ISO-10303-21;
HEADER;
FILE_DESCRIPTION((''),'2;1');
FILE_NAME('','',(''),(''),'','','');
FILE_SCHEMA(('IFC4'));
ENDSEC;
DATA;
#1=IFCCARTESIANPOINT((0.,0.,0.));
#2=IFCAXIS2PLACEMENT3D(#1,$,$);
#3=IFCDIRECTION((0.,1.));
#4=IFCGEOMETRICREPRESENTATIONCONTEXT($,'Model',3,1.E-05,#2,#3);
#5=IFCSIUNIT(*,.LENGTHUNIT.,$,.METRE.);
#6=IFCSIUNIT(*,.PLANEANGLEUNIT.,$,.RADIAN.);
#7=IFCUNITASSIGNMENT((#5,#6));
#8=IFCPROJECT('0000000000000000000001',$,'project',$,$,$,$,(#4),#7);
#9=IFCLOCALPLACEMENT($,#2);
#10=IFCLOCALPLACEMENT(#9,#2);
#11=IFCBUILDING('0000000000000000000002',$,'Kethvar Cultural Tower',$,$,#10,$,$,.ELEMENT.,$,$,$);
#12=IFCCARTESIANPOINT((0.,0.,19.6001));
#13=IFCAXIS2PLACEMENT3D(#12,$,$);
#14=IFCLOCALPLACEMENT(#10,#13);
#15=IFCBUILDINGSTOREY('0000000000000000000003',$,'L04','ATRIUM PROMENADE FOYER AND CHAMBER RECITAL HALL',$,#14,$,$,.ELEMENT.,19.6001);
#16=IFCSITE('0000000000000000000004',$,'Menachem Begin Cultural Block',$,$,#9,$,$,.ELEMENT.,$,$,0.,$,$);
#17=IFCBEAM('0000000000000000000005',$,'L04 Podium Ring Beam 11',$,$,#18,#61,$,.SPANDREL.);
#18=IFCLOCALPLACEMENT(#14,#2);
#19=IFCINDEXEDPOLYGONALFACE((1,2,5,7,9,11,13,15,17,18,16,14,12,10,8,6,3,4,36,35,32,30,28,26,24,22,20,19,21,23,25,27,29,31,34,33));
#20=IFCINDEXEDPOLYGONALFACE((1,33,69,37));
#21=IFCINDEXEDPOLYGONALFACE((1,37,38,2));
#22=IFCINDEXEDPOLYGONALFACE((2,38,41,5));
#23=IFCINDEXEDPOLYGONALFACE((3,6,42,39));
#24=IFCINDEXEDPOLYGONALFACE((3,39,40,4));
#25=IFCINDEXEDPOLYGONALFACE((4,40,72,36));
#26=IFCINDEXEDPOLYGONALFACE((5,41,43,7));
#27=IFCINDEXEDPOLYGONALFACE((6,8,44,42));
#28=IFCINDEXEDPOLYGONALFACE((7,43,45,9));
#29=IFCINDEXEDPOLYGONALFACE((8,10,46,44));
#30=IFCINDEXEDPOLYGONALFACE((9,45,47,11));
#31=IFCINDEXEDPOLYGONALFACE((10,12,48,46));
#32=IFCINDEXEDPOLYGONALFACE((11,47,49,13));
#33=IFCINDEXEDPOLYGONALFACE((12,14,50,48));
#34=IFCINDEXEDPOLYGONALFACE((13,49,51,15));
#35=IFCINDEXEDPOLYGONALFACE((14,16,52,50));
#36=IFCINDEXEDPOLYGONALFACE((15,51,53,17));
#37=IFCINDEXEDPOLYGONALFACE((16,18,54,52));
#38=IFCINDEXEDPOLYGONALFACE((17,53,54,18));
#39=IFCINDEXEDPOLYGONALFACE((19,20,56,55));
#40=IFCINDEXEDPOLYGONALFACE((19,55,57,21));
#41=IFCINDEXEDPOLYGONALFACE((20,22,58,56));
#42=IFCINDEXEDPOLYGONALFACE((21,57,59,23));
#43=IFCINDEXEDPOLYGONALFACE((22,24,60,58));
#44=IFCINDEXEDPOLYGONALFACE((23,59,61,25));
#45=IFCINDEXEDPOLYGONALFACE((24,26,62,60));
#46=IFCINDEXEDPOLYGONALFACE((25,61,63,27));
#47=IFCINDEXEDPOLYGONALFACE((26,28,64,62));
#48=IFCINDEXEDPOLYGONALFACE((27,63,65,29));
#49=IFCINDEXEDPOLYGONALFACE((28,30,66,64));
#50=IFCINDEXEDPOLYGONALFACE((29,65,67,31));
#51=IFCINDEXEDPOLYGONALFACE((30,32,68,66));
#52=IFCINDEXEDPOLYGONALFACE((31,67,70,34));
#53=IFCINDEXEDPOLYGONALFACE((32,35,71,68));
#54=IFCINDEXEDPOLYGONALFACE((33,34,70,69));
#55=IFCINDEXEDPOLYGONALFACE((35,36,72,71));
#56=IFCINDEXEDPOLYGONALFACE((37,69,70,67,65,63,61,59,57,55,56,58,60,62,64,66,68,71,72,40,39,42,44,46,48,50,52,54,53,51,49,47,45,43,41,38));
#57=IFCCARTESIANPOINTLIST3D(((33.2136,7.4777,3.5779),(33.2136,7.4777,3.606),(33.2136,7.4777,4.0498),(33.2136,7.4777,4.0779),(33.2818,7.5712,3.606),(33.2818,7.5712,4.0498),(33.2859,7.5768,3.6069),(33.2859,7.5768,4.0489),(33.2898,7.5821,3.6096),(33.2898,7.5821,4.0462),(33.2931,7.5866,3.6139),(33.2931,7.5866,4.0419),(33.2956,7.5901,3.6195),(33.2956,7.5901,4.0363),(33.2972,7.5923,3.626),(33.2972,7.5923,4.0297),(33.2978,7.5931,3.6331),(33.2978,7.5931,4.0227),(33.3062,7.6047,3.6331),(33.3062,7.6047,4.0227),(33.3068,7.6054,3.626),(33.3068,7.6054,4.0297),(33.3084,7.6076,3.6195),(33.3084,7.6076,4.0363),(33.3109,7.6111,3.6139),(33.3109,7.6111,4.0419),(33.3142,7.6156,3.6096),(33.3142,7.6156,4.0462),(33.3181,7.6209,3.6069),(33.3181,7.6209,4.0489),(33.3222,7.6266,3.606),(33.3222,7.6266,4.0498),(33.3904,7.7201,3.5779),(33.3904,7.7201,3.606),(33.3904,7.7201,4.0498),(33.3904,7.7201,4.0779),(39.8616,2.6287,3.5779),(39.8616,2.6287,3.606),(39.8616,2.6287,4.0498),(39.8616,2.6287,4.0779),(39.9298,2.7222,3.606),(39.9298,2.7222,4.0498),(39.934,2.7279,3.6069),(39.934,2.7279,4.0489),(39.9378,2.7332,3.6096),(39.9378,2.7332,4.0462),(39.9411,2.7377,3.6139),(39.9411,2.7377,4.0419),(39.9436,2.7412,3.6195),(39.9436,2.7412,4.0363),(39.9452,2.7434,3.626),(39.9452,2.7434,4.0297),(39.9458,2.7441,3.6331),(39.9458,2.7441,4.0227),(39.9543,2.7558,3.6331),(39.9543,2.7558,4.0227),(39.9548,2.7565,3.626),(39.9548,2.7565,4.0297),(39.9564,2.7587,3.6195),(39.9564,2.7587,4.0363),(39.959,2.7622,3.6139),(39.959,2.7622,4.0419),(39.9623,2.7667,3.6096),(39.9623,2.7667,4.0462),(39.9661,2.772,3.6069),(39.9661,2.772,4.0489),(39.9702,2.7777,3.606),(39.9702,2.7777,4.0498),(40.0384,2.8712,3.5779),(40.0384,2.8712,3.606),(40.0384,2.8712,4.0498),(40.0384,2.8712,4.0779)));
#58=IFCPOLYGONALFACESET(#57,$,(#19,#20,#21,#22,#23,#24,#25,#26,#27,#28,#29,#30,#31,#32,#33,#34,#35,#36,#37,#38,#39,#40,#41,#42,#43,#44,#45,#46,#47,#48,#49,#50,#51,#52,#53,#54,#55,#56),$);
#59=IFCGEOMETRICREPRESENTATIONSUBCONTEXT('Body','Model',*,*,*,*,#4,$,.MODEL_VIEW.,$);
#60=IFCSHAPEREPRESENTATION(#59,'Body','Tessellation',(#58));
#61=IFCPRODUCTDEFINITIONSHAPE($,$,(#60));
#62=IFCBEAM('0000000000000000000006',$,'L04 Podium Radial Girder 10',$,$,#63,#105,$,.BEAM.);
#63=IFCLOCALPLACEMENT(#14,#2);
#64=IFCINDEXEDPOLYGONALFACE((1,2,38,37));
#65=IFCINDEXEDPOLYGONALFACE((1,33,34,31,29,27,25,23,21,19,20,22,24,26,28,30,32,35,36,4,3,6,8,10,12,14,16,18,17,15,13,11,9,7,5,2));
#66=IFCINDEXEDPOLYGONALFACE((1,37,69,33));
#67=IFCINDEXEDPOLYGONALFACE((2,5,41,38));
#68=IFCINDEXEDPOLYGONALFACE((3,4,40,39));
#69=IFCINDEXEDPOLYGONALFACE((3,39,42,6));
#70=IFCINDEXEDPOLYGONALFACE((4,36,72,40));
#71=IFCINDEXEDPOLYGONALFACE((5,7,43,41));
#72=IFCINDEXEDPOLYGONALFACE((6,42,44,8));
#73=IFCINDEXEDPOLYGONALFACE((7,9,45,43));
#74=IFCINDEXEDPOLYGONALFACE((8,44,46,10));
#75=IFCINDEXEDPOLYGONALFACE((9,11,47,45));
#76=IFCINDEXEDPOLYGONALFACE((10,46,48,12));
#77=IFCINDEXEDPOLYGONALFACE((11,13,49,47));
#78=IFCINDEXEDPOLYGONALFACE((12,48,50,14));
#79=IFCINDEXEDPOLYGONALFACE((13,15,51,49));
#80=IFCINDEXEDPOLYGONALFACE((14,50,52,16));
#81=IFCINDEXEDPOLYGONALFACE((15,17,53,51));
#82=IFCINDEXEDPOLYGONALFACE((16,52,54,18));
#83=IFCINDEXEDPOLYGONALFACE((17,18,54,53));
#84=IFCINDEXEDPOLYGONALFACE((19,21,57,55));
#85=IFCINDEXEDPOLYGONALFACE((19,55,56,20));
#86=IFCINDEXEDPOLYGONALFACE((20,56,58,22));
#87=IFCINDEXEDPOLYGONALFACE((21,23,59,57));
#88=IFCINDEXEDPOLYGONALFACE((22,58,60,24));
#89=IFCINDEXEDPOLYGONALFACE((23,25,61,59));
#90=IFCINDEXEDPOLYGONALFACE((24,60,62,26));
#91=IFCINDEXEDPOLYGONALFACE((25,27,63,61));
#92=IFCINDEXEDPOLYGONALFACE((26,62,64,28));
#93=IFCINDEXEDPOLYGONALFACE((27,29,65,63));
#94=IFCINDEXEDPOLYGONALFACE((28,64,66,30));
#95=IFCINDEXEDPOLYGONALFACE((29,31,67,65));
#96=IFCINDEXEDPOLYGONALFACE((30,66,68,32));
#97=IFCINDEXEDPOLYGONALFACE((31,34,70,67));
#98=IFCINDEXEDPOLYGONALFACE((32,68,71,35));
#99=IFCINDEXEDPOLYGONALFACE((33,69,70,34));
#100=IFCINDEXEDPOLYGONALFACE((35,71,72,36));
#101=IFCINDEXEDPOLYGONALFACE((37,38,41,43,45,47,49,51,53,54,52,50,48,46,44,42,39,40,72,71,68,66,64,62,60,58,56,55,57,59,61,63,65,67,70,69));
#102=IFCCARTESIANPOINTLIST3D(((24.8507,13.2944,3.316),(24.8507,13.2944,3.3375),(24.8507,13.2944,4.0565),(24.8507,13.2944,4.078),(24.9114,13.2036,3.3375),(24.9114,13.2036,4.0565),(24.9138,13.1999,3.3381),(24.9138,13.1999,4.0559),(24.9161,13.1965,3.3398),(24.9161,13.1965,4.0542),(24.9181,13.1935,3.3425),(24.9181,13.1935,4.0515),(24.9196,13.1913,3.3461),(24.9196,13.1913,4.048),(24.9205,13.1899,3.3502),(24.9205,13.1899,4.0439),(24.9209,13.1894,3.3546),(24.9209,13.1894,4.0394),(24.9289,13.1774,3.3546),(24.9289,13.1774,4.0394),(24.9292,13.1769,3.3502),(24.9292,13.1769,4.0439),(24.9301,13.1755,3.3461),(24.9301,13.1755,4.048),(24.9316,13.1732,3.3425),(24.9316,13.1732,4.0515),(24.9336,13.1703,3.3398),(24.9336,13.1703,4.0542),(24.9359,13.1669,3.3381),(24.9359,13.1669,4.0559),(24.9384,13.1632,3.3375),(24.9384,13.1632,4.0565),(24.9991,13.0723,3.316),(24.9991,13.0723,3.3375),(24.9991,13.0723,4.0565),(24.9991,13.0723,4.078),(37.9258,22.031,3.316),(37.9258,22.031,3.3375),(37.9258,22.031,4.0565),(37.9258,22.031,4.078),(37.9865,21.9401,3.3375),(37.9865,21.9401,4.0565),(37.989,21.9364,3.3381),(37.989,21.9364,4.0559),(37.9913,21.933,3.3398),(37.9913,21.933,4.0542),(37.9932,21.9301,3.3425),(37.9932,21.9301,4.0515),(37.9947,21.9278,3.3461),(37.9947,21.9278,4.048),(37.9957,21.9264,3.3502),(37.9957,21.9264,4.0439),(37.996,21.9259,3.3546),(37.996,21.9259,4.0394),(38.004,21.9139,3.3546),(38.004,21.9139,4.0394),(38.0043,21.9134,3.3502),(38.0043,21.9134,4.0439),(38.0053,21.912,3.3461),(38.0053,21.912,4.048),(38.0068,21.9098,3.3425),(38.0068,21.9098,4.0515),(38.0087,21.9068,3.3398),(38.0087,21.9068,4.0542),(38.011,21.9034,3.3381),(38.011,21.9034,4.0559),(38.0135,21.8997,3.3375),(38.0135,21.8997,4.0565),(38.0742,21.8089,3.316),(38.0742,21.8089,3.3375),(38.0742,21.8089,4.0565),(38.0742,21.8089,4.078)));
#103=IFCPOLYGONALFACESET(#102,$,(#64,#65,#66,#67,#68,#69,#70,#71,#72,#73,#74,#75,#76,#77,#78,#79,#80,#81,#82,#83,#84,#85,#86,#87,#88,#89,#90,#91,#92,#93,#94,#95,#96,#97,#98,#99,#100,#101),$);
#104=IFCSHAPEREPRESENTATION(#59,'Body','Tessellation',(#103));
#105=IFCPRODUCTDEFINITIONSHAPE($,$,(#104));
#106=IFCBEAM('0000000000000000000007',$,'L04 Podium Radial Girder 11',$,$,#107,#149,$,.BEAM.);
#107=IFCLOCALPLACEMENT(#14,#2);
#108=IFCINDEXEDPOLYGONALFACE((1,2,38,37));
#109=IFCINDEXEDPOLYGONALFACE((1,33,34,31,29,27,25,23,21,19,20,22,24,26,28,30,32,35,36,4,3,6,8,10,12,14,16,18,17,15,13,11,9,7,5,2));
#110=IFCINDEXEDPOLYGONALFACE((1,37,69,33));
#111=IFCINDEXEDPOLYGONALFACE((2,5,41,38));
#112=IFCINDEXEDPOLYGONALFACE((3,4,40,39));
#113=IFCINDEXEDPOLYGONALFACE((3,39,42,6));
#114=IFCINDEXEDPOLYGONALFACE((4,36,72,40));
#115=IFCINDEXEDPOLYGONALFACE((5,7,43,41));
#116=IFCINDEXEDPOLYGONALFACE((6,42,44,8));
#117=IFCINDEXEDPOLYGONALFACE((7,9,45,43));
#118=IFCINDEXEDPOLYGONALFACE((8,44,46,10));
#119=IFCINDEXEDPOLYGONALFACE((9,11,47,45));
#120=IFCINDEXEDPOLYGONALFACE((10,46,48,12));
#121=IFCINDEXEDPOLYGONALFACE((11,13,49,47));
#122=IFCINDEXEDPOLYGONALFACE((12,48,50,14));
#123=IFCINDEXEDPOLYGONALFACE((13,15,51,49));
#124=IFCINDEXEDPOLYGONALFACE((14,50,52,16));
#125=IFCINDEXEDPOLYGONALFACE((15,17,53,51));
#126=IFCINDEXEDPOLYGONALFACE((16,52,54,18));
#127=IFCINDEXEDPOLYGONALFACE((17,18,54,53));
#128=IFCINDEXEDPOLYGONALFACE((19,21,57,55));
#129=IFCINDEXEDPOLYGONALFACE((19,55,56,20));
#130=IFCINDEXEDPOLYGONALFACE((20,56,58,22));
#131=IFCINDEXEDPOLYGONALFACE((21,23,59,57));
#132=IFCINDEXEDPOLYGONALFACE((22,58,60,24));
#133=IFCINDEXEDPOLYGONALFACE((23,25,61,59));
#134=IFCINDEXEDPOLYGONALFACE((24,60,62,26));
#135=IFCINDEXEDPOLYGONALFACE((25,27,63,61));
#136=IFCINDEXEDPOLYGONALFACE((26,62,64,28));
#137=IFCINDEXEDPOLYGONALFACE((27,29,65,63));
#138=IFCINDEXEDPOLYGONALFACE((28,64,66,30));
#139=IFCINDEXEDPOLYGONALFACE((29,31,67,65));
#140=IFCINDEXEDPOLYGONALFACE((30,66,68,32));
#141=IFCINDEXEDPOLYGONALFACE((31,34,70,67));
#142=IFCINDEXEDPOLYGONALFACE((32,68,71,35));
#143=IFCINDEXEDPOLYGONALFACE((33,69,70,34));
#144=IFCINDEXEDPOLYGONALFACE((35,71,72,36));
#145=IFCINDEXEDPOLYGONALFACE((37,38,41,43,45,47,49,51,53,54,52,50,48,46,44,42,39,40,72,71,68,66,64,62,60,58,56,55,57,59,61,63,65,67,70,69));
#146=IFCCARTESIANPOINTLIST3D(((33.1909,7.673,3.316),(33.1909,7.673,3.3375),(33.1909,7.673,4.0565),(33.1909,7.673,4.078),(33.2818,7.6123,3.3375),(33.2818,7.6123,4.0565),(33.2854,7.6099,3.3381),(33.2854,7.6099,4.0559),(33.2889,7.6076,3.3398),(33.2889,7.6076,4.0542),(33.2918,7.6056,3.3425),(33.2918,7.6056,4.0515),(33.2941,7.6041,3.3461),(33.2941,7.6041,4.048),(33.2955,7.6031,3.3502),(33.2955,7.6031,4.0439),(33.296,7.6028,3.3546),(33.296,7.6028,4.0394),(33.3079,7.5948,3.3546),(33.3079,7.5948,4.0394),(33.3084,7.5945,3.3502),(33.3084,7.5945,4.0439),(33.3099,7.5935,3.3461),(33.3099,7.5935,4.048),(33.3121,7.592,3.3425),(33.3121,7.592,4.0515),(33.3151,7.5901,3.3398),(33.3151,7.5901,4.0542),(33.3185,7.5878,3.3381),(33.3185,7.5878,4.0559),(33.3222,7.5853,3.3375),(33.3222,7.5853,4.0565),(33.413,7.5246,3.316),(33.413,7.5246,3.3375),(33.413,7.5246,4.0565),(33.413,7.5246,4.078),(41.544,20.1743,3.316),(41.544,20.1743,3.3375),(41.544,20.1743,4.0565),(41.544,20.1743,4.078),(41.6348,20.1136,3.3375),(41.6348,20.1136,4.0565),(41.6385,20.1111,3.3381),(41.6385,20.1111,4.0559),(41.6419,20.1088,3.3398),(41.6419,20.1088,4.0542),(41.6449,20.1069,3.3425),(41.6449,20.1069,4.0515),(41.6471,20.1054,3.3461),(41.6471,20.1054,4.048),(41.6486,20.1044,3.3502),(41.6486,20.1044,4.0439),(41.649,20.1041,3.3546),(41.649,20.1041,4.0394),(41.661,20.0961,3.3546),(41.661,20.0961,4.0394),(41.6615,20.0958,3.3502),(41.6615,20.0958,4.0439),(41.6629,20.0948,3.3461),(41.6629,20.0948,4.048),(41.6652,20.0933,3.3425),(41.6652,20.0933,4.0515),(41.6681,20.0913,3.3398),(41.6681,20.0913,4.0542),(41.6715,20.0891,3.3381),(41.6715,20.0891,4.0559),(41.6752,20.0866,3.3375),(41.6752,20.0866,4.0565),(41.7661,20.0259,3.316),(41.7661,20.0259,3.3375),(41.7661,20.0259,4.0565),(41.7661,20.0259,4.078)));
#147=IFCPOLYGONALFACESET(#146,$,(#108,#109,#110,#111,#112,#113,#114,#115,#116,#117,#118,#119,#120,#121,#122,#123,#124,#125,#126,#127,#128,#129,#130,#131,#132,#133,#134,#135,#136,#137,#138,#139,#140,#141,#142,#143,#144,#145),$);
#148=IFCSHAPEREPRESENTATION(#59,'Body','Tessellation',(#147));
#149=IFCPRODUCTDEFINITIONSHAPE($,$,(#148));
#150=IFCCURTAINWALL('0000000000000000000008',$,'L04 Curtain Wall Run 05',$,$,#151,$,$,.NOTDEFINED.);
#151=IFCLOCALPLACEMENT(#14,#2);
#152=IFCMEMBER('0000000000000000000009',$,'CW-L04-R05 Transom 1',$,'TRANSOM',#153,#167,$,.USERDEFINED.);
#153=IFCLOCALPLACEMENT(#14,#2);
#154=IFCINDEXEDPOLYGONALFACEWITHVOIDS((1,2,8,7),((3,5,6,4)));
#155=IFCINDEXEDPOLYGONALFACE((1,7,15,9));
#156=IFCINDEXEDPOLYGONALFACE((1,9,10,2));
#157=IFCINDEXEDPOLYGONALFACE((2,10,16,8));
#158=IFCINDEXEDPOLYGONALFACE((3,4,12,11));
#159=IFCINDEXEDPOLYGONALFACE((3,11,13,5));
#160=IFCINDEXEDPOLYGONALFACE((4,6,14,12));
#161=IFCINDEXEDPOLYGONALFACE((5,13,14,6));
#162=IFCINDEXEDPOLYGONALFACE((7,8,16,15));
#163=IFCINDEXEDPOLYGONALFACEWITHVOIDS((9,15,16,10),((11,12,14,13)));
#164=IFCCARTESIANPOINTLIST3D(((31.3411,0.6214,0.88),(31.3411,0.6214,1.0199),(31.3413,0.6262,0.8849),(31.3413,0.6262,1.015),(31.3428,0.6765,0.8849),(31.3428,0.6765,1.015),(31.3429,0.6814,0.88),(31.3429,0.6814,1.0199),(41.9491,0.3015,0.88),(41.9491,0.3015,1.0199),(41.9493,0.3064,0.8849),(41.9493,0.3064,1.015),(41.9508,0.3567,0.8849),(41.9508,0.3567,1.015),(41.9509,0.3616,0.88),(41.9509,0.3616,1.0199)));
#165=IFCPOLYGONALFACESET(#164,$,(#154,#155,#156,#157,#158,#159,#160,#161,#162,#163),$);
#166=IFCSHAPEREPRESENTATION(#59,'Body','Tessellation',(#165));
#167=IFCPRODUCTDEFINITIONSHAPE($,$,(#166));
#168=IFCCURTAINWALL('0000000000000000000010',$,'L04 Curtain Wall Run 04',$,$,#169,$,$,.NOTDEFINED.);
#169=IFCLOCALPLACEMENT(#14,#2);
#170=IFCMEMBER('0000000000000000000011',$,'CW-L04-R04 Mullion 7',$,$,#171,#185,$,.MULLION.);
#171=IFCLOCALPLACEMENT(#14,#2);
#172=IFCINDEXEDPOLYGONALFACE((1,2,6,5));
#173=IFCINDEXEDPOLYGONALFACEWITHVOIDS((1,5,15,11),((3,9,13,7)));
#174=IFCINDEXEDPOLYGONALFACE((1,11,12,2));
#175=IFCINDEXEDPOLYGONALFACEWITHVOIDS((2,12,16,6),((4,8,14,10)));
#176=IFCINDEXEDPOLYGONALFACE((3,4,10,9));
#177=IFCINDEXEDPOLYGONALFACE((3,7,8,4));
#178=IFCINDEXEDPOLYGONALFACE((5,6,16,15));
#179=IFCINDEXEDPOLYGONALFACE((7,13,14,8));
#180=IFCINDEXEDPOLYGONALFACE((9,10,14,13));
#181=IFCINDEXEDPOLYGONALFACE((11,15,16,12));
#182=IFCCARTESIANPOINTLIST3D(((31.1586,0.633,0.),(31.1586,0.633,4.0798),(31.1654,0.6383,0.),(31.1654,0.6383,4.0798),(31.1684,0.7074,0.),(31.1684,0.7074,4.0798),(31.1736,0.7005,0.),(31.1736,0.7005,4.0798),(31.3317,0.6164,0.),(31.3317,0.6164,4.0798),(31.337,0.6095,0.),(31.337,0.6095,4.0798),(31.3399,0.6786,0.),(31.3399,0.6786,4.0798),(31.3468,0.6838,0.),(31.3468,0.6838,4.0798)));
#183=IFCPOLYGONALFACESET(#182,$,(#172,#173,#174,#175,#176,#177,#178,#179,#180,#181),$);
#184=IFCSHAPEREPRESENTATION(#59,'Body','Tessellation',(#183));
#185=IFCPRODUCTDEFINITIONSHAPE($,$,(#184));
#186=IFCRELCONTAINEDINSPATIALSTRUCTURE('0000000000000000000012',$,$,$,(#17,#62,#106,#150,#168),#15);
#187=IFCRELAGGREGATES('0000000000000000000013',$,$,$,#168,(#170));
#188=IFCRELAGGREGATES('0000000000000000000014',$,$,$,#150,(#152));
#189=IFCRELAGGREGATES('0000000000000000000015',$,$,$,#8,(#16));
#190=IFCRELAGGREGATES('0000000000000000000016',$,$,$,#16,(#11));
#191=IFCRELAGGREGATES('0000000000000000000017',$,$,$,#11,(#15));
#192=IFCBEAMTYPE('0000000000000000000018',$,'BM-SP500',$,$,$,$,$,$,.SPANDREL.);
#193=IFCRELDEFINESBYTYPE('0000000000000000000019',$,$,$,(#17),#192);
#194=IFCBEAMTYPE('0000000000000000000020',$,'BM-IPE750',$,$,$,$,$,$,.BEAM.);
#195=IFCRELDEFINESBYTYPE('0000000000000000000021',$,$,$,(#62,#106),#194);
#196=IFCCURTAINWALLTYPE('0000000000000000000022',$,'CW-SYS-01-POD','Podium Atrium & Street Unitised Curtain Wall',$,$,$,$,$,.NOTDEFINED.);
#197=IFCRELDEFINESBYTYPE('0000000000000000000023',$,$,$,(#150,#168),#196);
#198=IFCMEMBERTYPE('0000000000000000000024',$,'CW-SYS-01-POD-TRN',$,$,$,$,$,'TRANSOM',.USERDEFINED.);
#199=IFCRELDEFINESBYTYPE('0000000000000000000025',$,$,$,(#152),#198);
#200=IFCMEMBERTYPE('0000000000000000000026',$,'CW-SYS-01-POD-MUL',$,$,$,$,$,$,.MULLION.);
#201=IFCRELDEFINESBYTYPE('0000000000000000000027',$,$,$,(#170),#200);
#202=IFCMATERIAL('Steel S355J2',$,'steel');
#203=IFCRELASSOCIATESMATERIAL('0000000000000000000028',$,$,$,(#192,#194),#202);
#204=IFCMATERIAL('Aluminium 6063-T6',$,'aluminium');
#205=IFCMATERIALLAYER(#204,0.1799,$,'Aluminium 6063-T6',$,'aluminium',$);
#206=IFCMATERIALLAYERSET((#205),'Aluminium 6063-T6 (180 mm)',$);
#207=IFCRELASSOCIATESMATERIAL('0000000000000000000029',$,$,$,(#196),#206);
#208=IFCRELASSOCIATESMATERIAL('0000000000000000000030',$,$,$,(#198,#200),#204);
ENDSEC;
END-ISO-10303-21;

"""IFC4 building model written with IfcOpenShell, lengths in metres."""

from ifc_helpers import new_model, si_unit, direction, frame, origin, origin_2d, place, context, subcontext, project, spatial, hollow_rectangle, i_section, extrude, source, transform, mapped, material, layer, layer_set, material_profile, profile_set, type_object, element, aggregate, save


model = new_model("IFC4")

# Units and contexts
model_context = context("Model", 3, precision=1e-05, world=origin(), true_north=direction((0.0, 1.0)))
body_context = subcontext(model_context, "Body", "Model", "MODEL_VIEW")
ifc_project = project(units=[si_unit("LENGTHUNIT", "METRE"), si_unit("PLANEANGLEUNIT", "RADIAN")], contexts=[model_context])

# Site, building, storey
site_placement = place(None, origin())
site = spatial("IfcSite", under=ifc_project, at=site_placement, Name="Menachem Begin Cultural Block", CompositionType="ELEMENT", RefElevation=0.0)
building_placement = place(site_placement, origin())
building = spatial("IfcBuilding", under=site, at=building_placement, Name="Kethvar Cultural Tower", CompositionType="ELEMENT")
storey_placement = place(building_placement, frame((0.0, 0.0, 19.6001)))
storey = spatial("IfcBuildingStorey", under=building, at=storey_placement, Name="L04", Description="ATRIUM PROMENADE FOYER AND CHAMBER RECITAL HALL", CompositionType="ELEMENT", Elevation=19.6001)

# Beams
ifc_material_1 = material(Name="Steel S355J2", Category="steel")
ifc_material_profile_1 = material_profile(ifc_material_1, i_section(OverallWidth=0.3, OverallDepth=0.5, WebThickness=0.0144, FlangeThickness=0.0281, FilletRadius=0.0271, at=origin_2d()), Name="Steel S355J2 — HEB500")
ifc_profile_set_1 = profile_set([ifc_material_profile_1], Name="Steel S355J2 — HEB500")
beam_type_1 = type_object("IfcBeamType", Name="BM-SP500", PredefinedType="SPANDREL", material=ifc_profile_set_1)
shared_shape_1 = source(origin(), body_context, "Body", "SweptSolid", [
    extrude(i_section(OverallWidth=0.3, OverallDepth=0.5, WebThickness=0.0144, FlangeThickness=0.0281, FilletRadius=0.0271, at=origin_2d()), origin(), (0.0, 0.0, 1.0), 8.2285),
])
beam_1_placement = place(storey_placement, frame((33.302, 7.5989, 3.8279), z_axis=(0.807926, -0.589284, 0.0), x_axis=(0.589284, 0.807926, 0.0)))
element("IfcBeam", 1, at=beam_1_placement, inside=storey, type_object=beam_type_1, Name="L04 Podium Ring Beam 11", PredefinedType="SPANDREL", context=body_context, shape_type="MappedRepresentation", body=[
    mapped(shared_shape_1, transform((0.0, 0.0, 0.0), scale=1.0)),
])
ifc_material_profile_2 = material_profile(ifc_material_1, i_section(OverallWidth=0.2671, OverallDepth=0.762, WebThickness=0.0144, FlangeThickness=0.0215, FilletRadius=0.0171, at=origin_2d()), Name="Steel S355J2 — IPE750x173")
ifc_profile_set_2 = profile_set([ifc_material_profile_2], Name="Steel S355J2 — IPE750x173")
beam_type_2 = type_object("IfcBeamType", Name="BM-IPE750", PredefinedType="BEAM", material=ifc_profile_set_2)
shared_shape_2 = source(origin(), body_context, "Body", "SweptSolid", [
    extrude(i_section(OverallWidth=0.2671, OverallDepth=0.762, WebThickness=0.0144, FlangeThickness=0.0215, FilletRadius=0.0171, at=origin_2d()), origin(), (0.0, 0.0, 1.0), 15.7253),
])
beam_2_placement = place(storey_placement, frame((38.0, 21.9199, 3.697), z_axis=(-0.831469, -0.55557, 0.0), x_axis=(0.55557, -0.831469, 0.0)))
element("IfcBeam", 2, at=beam_2_placement, inside=storey, type_object=beam_type_2, Name="L04 Podium Radial Girder 10", PredefinedType="BEAM", context=body_context, shape_type="MappedRepresentation", body=[
    mapped(shared_shape_2, transform((0.0, 0.0, 0.0), scale=1.0)),
])
shared_shape_3 = source(origin(), body_context, "Body", "SweptSolid", [
    extrude(i_section(OverallWidth=0.2671, OverallDepth=0.762, WebThickness=0.0144, FlangeThickness=0.0215, FilletRadius=0.0171, at=origin_2d()), origin(), (0.0, 0.0, 1.0), 15.0352),
])
beam_3_placement = place(storey_placement, frame((41.655, 20.1001, 3.697), z_axis=(-0.555569, -0.83147, 0.0), x_axis=(0.83147, -0.555569, 0.0)))
element("IfcBeam", 3, at=beam_3_placement, inside=storey, type_object=beam_type_2, Name="L04 Podium Radial Girder 11", PredefinedType="BEAM", context=body_context, shape_type="MappedRepresentation", body=[
    mapped(shared_shape_3, transform((0.0, 0.0, 0.0), scale=1.0)),
])

# Curtain walls, members
ifc_material_2 = material(Name="Aluminium 6063-T6", Category="aluminium")
ifc_layer_1 = layer(ifc_material_2, 0.1799, Name="Aluminium 6063-T6", Category="aluminium")
ifc_layer_set_1 = layer_set([ifc_layer_1], Name="Aluminium 6063-T6 (180 mm)")
curtain_wall_type = type_object("IfcCurtainWallType", Name="CW-SYS-01-POD", Description="Podium Atrium & Street Unitised Curtain Wall", PredefinedType="NOTDEFINED", material=ifc_layer_set_1)
curtain_wall_1_placement = place(storey_placement, origin())
curtain_wall_1 = element("IfcCurtainWall", 4, at=curtain_wall_1_placement, inside=storey, type_object=curtain_wall_type, Name="L04 Curtain Wall Run 05", PredefinedType="NOTDEFINED")
ifc_material_profile_3 = material_profile(ifc_material_2, hollow_rectangle(XDim=0.0601, YDim=0.1399, WallThickness=0.0049, at=origin_2d()), Name="Aluminium 6063-T6 — RHS140x60x5")
ifc_profile_set_3 = profile_set([ifc_material_profile_3], Name="Aluminium 6063-T6 — RHS140x60x5")
member_type_1 = type_object("IfcMemberType", Name="CW-SYS-01-POD-TRN", ElementType="TRANSOM", PredefinedType="USERDEFINED", material=ifc_profile_set_3)
shared_shape_4 = source(origin(), body_context, "Body", "SweptSolid", [
    extrude(hollow_rectangle(XDim=0.0601, YDim=0.1399, WallThickness=0.0049, at=origin_2d()), origin(), (0.0, 0.0, 1.0), 10.6128),
])
member_1_placement = place(storey_placement, frame((31.342, 0.6514, 0.95), z_axis=(0.999546, -0.030136, 0.0), x_axis=(0.030136, 0.999546, 0.0)))
member_1 = element("IfcMember", 5, at=member_1_placement, type_object=member_type_1, Name="CW-L04-R05 Transom 1", ObjectType="TRANSOM", PredefinedType="USERDEFINED", context=body_context, shape_type="MappedRepresentation", body=[
    mapped(shared_shape_4, transform((0.0, 0.0, 0.0), scale=1.0)),
])
curtain_wall_2_placement = place(storey_placement, origin())
curtain_wall_2 = element("IfcCurtainWall", 6, at=curtain_wall_2_placement, inside=storey, type_object=curtain_wall_type, Name="L04 Curtain Wall Run 04", PredefinedType="NOTDEFINED")
ifc_material_profile_4 = material_profile(ifc_material_2, hollow_rectangle(XDim=0.075, YDim=0.1799, WallThickness=0.0061, at=origin_2d()), Name="Aluminium 6063-T6 — RHS180x75x6")
ifc_profile_set_4 = profile_set([ifc_material_profile_4], Name="Aluminium 6063-T6 — RHS180x75x6")
member_type_2 = type_object("IfcMemberType", Name="CW-SYS-01-POD-MUL", PredefinedType="MULLION", material=ifc_profile_set_4)
shared_shape_5 = source(origin(), body_context, "Body", "SweptSolid", [
    extrude(hollow_rectangle(XDim=0.075, YDim=0.1799, WallThickness=0.0061, at=origin_2d()), origin(), (0.0, 0.0, 1.0), 4.0798),
])
member_2_placement = place(storey_placement, frame((31.2527, 0.6584, 0.0), z_axis=(0.0, 0.0, 1.0), x_axis=(0.130647, 0.991429, 0.0)))
member_2 = element("IfcMember", 7, at=member_2_placement, type_object=member_type_2, Name="CW-L04-R04 Mullion 7", PredefinedType="MULLION", context=body_context, shape_type="MappedRepresentation", body=[
    mapped(shared_shape_5, transform((0.0, 0.0, 0.0), scale=1.0)),
])

aggregate(curtain_wall_2, [member_2])
aggregate(curtain_wall_1, [member_1])

save(model, "model.ifc")
